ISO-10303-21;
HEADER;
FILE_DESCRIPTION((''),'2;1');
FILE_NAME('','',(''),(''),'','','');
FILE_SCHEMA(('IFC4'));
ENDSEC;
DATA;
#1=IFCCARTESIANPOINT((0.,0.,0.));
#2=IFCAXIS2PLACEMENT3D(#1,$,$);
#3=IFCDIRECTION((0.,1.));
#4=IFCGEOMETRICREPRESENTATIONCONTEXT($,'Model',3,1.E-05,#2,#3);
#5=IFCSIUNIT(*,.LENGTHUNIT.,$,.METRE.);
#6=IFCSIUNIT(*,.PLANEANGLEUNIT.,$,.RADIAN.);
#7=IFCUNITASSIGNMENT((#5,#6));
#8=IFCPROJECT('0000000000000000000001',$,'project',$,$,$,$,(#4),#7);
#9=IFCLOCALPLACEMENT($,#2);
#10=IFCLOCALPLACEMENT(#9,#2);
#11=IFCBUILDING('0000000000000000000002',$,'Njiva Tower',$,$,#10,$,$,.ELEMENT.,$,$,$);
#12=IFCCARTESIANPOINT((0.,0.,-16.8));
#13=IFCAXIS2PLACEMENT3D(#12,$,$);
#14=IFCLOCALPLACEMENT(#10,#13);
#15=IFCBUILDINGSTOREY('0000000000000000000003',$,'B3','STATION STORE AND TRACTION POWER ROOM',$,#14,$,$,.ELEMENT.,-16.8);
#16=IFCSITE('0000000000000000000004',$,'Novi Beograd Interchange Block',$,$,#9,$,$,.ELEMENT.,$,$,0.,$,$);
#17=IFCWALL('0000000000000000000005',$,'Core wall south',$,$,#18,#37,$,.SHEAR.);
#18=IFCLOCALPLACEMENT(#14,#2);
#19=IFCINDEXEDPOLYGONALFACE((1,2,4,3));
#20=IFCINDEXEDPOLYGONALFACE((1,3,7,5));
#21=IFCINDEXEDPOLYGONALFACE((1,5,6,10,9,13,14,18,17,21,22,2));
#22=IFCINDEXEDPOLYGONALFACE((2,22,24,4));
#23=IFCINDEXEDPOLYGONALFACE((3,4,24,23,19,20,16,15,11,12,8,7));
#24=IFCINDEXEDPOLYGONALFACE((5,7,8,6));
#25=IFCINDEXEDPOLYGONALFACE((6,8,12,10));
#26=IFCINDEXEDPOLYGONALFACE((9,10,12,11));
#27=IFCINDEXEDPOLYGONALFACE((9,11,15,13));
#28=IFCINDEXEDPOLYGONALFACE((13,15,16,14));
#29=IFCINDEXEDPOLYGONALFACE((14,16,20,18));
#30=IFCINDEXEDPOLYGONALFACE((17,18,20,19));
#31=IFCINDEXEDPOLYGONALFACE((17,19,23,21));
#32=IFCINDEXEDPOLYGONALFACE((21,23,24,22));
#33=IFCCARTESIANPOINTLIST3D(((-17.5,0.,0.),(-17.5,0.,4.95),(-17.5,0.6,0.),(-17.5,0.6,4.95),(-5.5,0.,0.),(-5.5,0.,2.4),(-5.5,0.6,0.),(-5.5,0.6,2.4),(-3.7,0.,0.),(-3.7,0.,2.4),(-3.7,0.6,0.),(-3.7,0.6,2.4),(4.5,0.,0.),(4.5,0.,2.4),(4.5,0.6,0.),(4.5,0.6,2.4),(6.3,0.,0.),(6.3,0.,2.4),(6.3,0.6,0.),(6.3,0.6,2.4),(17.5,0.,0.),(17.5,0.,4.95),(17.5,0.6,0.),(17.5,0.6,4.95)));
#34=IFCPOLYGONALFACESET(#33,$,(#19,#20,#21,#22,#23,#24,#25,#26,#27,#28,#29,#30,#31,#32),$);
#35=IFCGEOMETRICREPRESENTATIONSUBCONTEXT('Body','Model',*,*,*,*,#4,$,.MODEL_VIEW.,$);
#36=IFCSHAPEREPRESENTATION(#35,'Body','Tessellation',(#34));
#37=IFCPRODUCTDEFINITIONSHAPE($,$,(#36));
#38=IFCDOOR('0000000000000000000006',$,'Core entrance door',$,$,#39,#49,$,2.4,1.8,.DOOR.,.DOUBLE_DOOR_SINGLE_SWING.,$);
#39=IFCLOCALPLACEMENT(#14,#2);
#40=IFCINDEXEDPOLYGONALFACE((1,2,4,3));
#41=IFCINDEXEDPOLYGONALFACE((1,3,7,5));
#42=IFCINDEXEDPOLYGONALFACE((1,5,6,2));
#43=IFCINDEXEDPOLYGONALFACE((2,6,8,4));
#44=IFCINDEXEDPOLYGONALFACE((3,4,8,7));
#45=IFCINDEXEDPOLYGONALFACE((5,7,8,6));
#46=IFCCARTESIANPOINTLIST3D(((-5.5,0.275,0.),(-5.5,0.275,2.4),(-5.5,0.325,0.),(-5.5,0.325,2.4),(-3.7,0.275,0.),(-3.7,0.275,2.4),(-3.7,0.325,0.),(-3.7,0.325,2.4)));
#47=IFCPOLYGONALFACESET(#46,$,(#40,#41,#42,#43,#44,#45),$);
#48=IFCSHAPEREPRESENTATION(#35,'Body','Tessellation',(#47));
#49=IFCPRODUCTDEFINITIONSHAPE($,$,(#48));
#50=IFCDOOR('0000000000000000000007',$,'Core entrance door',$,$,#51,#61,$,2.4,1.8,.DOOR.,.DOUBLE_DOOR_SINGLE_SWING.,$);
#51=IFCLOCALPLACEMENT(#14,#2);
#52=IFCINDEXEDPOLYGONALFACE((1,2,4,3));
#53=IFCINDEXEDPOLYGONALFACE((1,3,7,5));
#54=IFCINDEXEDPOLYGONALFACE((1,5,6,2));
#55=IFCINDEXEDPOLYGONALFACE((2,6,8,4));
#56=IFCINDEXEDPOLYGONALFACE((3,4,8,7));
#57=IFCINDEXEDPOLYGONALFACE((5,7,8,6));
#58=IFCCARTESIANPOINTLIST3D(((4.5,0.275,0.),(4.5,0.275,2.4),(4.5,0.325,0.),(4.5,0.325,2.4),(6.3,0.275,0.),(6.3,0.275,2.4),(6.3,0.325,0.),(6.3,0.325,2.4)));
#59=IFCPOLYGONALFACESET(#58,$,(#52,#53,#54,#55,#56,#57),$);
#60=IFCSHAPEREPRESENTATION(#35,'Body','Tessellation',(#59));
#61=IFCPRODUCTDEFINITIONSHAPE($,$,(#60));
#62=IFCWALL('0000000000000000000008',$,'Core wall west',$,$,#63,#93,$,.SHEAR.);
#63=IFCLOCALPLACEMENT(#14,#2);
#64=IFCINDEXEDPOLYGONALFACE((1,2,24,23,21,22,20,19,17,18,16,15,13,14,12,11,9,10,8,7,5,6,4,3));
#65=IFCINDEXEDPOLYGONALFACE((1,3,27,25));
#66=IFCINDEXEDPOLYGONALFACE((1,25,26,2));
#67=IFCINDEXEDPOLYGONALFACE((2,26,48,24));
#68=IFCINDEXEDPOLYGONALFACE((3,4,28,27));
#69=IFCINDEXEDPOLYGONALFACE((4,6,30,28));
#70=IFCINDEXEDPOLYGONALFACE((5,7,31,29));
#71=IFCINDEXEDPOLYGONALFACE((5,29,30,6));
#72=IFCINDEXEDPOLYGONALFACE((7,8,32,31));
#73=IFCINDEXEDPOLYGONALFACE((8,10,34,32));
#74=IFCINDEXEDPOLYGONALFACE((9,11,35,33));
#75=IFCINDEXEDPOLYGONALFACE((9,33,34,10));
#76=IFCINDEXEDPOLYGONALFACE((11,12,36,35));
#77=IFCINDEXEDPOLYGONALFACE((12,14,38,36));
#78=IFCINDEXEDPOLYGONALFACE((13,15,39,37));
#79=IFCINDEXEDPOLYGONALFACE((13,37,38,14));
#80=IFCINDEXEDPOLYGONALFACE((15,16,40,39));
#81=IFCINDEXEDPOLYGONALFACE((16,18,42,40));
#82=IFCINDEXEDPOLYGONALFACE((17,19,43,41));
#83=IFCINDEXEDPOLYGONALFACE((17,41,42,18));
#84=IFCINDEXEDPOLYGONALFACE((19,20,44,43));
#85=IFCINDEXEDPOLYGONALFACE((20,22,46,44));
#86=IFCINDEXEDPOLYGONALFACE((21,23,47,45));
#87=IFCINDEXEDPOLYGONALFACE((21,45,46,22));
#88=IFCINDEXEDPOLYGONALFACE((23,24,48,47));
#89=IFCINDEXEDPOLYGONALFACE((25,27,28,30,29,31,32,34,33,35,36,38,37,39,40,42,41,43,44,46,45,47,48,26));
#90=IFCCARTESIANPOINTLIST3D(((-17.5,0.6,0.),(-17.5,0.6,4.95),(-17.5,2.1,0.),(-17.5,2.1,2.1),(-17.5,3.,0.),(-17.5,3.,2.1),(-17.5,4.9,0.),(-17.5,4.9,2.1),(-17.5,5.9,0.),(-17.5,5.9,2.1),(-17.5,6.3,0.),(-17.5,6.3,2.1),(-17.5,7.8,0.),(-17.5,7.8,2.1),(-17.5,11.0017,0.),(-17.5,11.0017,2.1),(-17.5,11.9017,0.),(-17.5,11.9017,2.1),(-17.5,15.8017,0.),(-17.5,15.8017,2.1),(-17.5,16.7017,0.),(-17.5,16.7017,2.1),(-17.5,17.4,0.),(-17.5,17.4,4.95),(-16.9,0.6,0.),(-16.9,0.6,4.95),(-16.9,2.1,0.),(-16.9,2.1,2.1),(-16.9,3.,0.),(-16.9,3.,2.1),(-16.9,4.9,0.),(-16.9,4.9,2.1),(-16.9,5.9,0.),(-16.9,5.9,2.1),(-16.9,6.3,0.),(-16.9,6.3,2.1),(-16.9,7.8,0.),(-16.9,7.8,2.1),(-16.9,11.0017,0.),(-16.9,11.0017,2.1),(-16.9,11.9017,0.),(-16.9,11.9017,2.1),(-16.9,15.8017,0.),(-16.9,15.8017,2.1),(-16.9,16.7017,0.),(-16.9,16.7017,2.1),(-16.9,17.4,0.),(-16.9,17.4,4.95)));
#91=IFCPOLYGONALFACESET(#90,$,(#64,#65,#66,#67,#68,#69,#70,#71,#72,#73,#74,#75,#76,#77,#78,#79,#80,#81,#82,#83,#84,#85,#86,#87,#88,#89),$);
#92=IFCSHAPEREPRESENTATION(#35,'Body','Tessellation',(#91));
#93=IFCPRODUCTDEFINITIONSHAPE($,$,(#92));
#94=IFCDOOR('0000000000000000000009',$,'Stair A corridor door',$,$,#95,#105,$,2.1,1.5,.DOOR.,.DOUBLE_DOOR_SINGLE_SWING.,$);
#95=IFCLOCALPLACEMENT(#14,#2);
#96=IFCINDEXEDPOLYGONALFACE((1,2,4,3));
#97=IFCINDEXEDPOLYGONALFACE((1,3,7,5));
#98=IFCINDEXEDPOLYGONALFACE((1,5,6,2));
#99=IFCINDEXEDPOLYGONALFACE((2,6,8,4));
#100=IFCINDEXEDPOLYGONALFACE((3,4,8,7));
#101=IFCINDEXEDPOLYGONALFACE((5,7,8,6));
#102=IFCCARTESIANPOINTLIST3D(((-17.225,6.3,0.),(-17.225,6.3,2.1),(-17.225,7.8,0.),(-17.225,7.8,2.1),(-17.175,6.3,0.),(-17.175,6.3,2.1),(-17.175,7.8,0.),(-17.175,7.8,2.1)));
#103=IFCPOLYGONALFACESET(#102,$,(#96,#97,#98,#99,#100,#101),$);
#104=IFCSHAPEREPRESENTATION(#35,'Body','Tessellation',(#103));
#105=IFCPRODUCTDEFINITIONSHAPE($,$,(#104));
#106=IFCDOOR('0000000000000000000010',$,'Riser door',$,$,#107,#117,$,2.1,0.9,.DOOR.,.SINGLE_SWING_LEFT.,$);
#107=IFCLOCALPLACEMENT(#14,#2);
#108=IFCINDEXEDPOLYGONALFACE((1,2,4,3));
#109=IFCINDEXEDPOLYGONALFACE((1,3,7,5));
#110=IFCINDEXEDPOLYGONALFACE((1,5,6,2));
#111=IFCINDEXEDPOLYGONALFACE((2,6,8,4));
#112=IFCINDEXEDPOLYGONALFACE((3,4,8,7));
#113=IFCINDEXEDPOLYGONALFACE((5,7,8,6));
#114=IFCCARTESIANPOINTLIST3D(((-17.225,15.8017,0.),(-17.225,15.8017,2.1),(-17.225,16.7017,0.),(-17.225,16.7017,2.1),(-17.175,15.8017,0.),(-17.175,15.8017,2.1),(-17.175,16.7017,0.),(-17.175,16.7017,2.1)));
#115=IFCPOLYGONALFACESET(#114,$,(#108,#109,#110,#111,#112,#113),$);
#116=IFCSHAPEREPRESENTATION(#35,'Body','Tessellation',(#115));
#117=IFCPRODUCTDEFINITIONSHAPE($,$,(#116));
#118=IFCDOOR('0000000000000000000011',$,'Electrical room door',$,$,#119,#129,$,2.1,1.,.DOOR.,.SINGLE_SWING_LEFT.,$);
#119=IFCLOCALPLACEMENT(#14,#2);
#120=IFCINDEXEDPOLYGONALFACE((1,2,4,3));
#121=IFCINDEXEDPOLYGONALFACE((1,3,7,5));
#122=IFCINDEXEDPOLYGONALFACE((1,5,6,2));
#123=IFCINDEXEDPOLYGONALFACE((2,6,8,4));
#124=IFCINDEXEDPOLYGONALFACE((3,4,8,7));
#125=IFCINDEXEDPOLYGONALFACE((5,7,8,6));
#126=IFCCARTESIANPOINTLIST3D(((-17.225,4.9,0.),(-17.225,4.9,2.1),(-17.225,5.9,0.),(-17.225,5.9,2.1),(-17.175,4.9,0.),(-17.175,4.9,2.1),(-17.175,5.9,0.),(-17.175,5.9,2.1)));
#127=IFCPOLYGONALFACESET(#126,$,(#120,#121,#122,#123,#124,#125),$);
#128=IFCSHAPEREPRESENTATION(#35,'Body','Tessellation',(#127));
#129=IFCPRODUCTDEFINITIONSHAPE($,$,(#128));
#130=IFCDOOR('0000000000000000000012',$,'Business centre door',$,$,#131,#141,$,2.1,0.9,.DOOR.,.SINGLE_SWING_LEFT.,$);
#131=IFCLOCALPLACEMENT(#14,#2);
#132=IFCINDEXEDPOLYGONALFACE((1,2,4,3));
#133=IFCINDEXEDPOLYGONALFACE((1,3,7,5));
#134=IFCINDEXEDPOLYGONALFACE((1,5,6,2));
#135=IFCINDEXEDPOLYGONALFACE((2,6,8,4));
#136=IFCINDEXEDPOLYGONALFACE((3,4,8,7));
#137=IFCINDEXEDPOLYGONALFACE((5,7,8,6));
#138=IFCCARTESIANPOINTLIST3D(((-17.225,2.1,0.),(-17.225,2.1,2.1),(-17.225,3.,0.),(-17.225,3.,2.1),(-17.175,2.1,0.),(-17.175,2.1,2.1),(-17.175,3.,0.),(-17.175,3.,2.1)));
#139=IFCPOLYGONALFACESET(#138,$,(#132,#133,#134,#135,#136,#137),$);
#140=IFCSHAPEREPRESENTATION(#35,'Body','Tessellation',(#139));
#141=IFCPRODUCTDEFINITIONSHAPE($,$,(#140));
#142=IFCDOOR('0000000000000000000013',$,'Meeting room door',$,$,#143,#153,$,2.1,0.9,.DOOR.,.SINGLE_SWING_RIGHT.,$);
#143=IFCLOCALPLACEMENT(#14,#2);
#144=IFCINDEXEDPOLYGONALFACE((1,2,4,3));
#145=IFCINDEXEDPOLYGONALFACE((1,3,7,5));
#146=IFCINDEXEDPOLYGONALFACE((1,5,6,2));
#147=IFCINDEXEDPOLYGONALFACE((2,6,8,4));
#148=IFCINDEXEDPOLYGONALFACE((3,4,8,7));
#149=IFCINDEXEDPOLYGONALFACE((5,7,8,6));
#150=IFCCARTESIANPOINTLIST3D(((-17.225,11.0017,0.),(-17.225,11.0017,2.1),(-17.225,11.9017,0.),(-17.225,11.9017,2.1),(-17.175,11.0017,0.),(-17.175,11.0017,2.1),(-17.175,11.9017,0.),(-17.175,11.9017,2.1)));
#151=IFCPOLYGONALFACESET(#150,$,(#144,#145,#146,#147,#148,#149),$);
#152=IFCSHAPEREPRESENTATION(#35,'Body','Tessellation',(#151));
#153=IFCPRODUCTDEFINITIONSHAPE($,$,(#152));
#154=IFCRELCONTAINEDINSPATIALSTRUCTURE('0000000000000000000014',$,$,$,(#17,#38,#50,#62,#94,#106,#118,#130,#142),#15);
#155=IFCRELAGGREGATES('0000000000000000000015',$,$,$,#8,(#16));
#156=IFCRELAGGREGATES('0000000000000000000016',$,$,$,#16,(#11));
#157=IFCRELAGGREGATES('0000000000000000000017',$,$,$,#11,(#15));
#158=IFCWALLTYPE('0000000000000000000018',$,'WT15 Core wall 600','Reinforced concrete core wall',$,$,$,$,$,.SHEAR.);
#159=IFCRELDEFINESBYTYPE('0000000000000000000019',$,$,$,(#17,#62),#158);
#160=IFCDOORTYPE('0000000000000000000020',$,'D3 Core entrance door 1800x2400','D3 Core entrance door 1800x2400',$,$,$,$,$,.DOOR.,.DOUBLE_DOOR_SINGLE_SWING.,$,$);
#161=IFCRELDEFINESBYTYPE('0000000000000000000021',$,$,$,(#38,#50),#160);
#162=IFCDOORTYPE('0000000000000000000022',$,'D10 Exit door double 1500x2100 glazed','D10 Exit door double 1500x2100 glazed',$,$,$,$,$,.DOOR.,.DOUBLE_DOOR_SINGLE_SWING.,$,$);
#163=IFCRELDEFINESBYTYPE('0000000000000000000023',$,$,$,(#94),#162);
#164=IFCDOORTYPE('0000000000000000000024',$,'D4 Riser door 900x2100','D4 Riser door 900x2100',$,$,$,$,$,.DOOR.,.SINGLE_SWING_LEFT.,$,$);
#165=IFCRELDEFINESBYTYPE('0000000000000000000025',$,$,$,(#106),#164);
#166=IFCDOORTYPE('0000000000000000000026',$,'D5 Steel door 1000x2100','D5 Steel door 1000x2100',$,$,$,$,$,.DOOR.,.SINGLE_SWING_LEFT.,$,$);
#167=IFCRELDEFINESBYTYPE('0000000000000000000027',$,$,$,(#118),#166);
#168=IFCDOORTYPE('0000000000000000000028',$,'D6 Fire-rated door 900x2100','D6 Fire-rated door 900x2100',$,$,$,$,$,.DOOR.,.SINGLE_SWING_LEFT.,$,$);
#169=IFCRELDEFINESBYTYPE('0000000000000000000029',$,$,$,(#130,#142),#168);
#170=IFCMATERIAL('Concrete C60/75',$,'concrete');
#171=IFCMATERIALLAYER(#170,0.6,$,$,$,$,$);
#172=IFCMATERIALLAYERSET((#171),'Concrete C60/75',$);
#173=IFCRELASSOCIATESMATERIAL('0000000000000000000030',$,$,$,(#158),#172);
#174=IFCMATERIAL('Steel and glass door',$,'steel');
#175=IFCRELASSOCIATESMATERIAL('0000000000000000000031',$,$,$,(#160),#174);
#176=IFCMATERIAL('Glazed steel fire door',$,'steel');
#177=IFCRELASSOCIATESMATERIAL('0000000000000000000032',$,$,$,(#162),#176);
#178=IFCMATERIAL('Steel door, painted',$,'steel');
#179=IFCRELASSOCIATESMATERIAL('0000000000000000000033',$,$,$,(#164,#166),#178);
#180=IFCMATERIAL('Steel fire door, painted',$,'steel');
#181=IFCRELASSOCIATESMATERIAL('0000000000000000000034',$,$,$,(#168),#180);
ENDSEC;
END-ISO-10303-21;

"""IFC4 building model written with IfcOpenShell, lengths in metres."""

from ifc_helpers import new_model, si_unit, direction, frame, frame_2d, origin, place, context, subcontext, project, spatial, rectangle, extrude, material, layer, layer_set, type_object, element, fill, save


model = new_model("IFC4")

# Units and contexts
model_context = context("Model", 3, precision=1e-05, world=origin(), true_north=direction((0.0, 1.0)))
body_context = subcontext(model_context, "Body", "Model", "MODEL_VIEW")
ifc_project = project(units=[si_unit("LENGTHUNIT", "METRE"), si_unit("PLANEANGLEUNIT", "RADIAN")], contexts=[model_context])

# Site, building, storey
site_placement = place(None, origin())
site = spatial("IfcSite", under=ifc_project, at=site_placement, Name="Novi Beograd Interchange Block", CompositionType="ELEMENT", RefElevation=0.0)
building_placement = place(site_placement, origin())
building = spatial("IfcBuilding", under=site, at=building_placement, Name="Njiva Tower", CompositionType="ELEMENT")
storey_placement = place(building_placement, frame((0.0, 0.0, -16.8)))
storey = spatial("IfcBuildingStorey", under=building, at=storey_placement, Name="B3", Description="STATION STORE AND TRACTION POWER ROOM", CompositionType="ELEMENT", Elevation=-16.8)

# Walls, openings, doors
ifc_material_1 = material(Name="Concrete C60/75", Category="concrete")
ifc_layer_1 = layer(ifc_material_1, 0.6)
ifc_layer_set_1 = layer_set([ifc_layer_1], Name="Concrete C60/75")
wall_type_1 = type_object("IfcWallType", Name="WT15 Core wall 600", Description="Reinforced concrete core wall", PredefinedType="SHEAR", material=ifc_layer_set_1)
wall_1_placement = place(storey_placement, frame((-17.5, 0.3, 0.0), z_axis=(0.0, 0.0, 1.0), x_axis=(1.0, 0.0, 0.0)))
wall_1 = element("IfcWall", 1, at=wall_1_placement, inside=storey, type_object=wall_type_1, Name="Core wall south", PredefinedType="SHEAR", context=body_context, shape_type="SweptSolid", body=[
    extrude(rectangle(XDim=35.0, YDim=0.6, at=frame_2d((17.5, 0.0))), origin(), (0.0, 0.0, 1.0), 4.95),
])
opening_1_placement = place(wall_1_placement, frame((12.0, 0.0, 0.0)))
opening_1 = element("IfcOpeningElement", 2, at=opening_1_placement, cuts=wall_1, PredefinedType="OPENING", context=body_context, shape_type="SweptSolid", body=[
    extrude(rectangle(XDim=1.8, YDim=2.4, at=frame_2d((0.9, 1.2))), frame((0.0, 0.31, 0.0), z_axis=(0.0, -1.0, 0.0), x_axis=(1.0, 0.0, 0.0)), (0.0, 0.0, 1.0), 0.62),
])
opening_2_placement = place(wall_1_placement, frame((22.0, 0.0, 0.0)))
opening_2 = element("IfcOpeningElement", 3, at=opening_2_placement, cuts=wall_1, PredefinedType="OPENING", context=body_context, shape_type="SweptSolid", body=[
    extrude(rectangle(XDim=1.8, YDim=2.4, at=frame_2d((0.9, 1.2))), frame((0.0, 0.31, 0.0), z_axis=(0.0, -1.0, 0.0), x_axis=(1.0, 0.0, 0.0)), (0.0, 0.0, 1.0), 0.62),
])
ifc_material_2 = material(Name="Steel and glass door", Category="steel")
door_type_1 = type_object("IfcDoorType", Name="D3 Core entrance door 1800x2400", Description="D3 Core entrance door 1800x2400", OperationType="DOUBLE_DOOR_SINGLE_SWING", PredefinedType="DOOR", material=ifc_material_2)
door_1_placement = place(opening_1_placement, origin())
door_1 = element("IfcDoor", 4, at=door_1_placement, inside=storey, type_object=door_type_1, Name="Core entrance door", OperationType="DOUBLE_DOOR_SINGLE_SWING", OverallHeight=2.4, OverallWidth=1.8, PredefinedType="DOOR", context=body_context, shape_type="SweptSolid", body=[
    extrude(rectangle(XDim=1.8, YDim=2.4, at=frame_2d((0.9, 1.2))), frame((0.0, 0.025, 0.0), z_axis=(0.0, -1.0, 0.0), x_axis=(1.0, 0.0, 0.0)), (0.0, 0.0, 1.0), 0.05),
])
fill(opening_1, door_1)
door_2_placement = place(opening_2_placement, origin())
door_2 = element("IfcDoor", 5, at=door_2_placement, inside=storey, type_object=door_type_1, Name="Core entrance door", OperationType="DOUBLE_DOOR_SINGLE_SWING", OverallHeight=2.4, OverallWidth=1.8, PredefinedType="DOOR", context=body_context, shape_type="SweptSolid", body=[
    extrude(rectangle(XDim=1.8, YDim=2.4, at=frame_2d((0.9, 1.2))), frame((0.0, 0.025, 0.0), z_axis=(0.0, -1.0, 0.0), x_axis=(1.0, 0.0, 0.0)), (0.0, 0.0, 1.0), 0.05),
])
fill(opening_2, door_2)
wall_2_placement = place(storey_placement, frame((-17.2, 0.6, 0.0), z_axis=(0.0, 0.0, 1.0), x_axis=(0.0, 1.0, 0.0)))
wall_2 = element("IfcWall", 6, at=wall_2_placement, inside=storey, type_object=wall_type_1, Name="Core wall west", PredefinedType="SHEAR", context=body_context, shape_type="SweptSolid", body=[
    extrude(rectangle(XDim=16.8, YDim=0.6, at=frame_2d((8.4, 0.0))), origin(), (0.0, 0.0, 1.0), 4.95),
])
opening_3_placement = place(wall_2_placement, frame((5.7, 0.0, 0.0)))
opening_3 = element("IfcOpeningElement", 7, at=opening_3_placement, cuts=wall_2, PredefinedType="OPENING", context=body_context, shape_type="SweptSolid", body=[
    extrude(rectangle(XDim=1.5, YDim=2.1, at=frame_2d((0.75, 1.05))), frame((0.0, 0.31, 0.0), z_axis=(0.0, -1.0, 0.0), x_axis=(1.0, 0.0, 0.0)), (0.0, 0.0, 1.0), 0.62),
])
opening_4_placement = place(wall_2_placement, frame((1.5, 0.0, 0.0)))
opening_4 = element("IfcOpeningElement", 8, at=opening_4_placement, cuts=wall_2, PredefinedType="OPENING", context=body_context, shape_type="SweptSolid", body=[
    extrude(rectangle(XDim=0.9, YDim=2.1, at=frame_2d((0.45, 1.05))), frame((0.0, 0.31, 0.0), z_axis=(0.0, -1.0, 0.0), x_axis=(1.0, 0.0, 0.0)), (0.0, 0.0, 1.0), 0.62),
])
opening_5_placement = place(wall_2_placement, frame((4.3, 0.0, 0.0)))
opening_5 = element("IfcOpeningElement", 9, at=opening_5_placement, cuts=wall_2, PredefinedType="OPENING", context=body_context, shape_type="SweptSolid", body=[
    extrude(rectangle(XDim=1.0, YDim=2.1, at=frame_2d((0.5, 1.05))), frame((0.0, 0.31, 0.0), z_axis=(0.0, -1.0, 0.0), x_axis=(1.0, 0.0, 0.0)), (0.0, 0.0, 1.0), 0.62),
])
opening_6_placement = place(wall_2_placement, frame((10.4017, 0.0, 0.0)))
opening_6 = element("IfcOpeningElement", 10, at=opening_6_placement, cuts=wall_2, PredefinedType="OPENING", context=body_context, shape_type="SweptSolid", body=[
    extrude(rectangle(XDim=0.9, YDim=2.1, at=frame_2d((0.45, 1.05))), frame((0.0, 0.31, 0.0), z_axis=(0.0, -1.0, 0.0), x_axis=(1.0, 0.0, 0.0)), (0.0, 0.0, 1.0), 0.62),
])
opening_7_placement = place(wall_2_placement, frame((15.2017, 0.0, 0.0)))
opening_7 = element("IfcOpeningElement", 11, at=opening_7_placement, cuts=wall_2, PredefinedType="OPENING", context=body_context, shape_type="SweptSolid", body=[
    extrude(rectangle(XDim=0.9, YDim=2.1, at=frame_2d((0.45, 1.05))), frame((0.0, 0.31, 0.0), z_axis=(0.0, -1.0, 0.0), x_axis=(1.0, 0.0, 0.0)), (0.0, 0.0, 1.0), 0.62),
])
ifc_material_3 = material(Name="Glazed steel fire door", Category="steel")
door_type_2 = type_object("IfcDoorType", Name="D10 Exit door double 1500x2100 glazed", Description="D10 Exit door double 1500x2100 glazed", OperationType="DOUBLE_DOOR_SINGLE_SWING", PredefinedType="DOOR", material=ifc_material_3)
door_3_placement = place(opening_3_placement, origin())
door_3 = element("IfcDoor", 12, at=door_3_placement, inside=storey, type_object=door_type_2, Name="Stair A corridor door", OperationType="DOUBLE_DOOR_SINGLE_SWING", OverallHeight=2.1, OverallWidth=1.5, PredefinedType="DOOR", context=body_context, shape_type="SweptSolid", body=[
    extrude(rectangle(XDim=1.5, YDim=2.1, at=frame_2d((0.75, 1.05))), frame((0.0, 0.025, 0.0), z_axis=(0.0, -1.0, 0.0), x_axis=(1.0, 0.0, 0.0)), (0.0, 0.0, 1.0), 0.05),
])
fill(opening_3, door_3)
ifc_material_4 = material(Name="Steel door, painted", Category="steel")
door_type_3 = type_object("IfcDoorType", Name="D4 Riser door 900x2100", Description="D4 Riser door 900x2100", OperationType="SINGLE_SWING_LEFT", PredefinedType="DOOR", material=ifc_material_4)
door_4_placement = place(opening_7_placement, origin())
door_4 = element("IfcDoor", 13, at=door_4_placement, inside=storey, type_object=door_type_3, Name="Riser door", OperationType="SINGLE_SWING_LEFT", OverallHeight=2.1, OverallWidth=0.9, PredefinedType="DOOR", context=body_context, shape_type="SweptSolid", body=[
    extrude(rectangle(XDim=0.9, YDim=2.1, at=frame_2d((0.45, 1.05))), frame((0.0, 0.025, 0.0), z_axis=(0.0, -1.0, 0.0), x_axis=(1.0, 0.0, 0.0)), (0.0, 0.0, 1.0), 0.05),
])
fill(opening_7, door_4)
door_type_4 = type_object("IfcDoorType", Name="D5 Steel door 1000x2100", Description="D5 Steel door 1000x2100", OperationType="SINGLE_SWING_LEFT", PredefinedType="DOOR", material=ifc_material_4)
door_5_placement = place(opening_5_placement, origin())
door_5 = element("IfcDoor", 14, at=door_5_placement, inside=storey, type_object=door_type_4, Name="Electrical room door", OperationType="SINGLE_SWING_LEFT", OverallHeight=2.1, OverallWidth=1.0, PredefinedType="DOOR", context=body_context, shape_type="SweptSolid", body=[
    extrude(rectangle(XDim=1.0, YDim=2.1, at=frame_2d((0.5, 1.05))), frame((0.0, 0.025, 0.0), z_axis=(0.0, -1.0, 0.0), x_axis=(1.0, 0.0, 0.0)), (0.0, 0.0, 1.0), 0.05),
])
fill(opening_5, door_5)
ifc_material_5 = material(Name="Steel fire door, painted", Category="steel")
door_type_5 = type_object("IfcDoorType", Name="D6 Fire-rated door 900x2100", Description="D6 Fire-rated door 900x2100", OperationType="SINGLE_SWING_LEFT", PredefinedType="DOOR", material=ifc_material_5)
door_6_placement = place(opening_4_placement, origin())
door_6 = element("IfcDoor", 15, at=door_6_placement, inside=storey, type_object=door_type_5, Name="Business centre door", OperationType="SINGLE_SWING_LEFT", OverallHeight=2.1, OverallWidth=0.9, PredefinedType="DOOR", context=body_context, shape_type="SweptSolid", body=[
    extrude(rectangle(XDim=0.9, YDim=2.1, at=frame_2d((0.45, 1.05))), frame((0.0, 0.025, 0.0), z_axis=(0.0, -1.0, 0.0), x_axis=(1.0, 0.0, 0.0)), (0.0, 0.0, 1.0), 0.05),
])
fill(opening_4, door_6)
door_7_placement = place(opening_6_placement, origin())
door_7 = element("IfcDoor", 16, at=door_7_placement, inside=storey, type_object=door_type_5, Name="Meeting room door", OperationType="SINGLE_SWING_RIGHT", OverallHeight=2.1, OverallWidth=0.9, PredefinedType="DOOR", context=body_context, shape_type="SweptSolid", body=[
    extrude(rectangle(XDim=0.9, YDim=2.1, at=frame_2d((0.45, 1.05))), frame((0.0, 0.025, 0.0), z_axis=(0.0, -1.0, 0.0), x_axis=(1.0, 0.0, 0.0)), (0.0, 0.0, 1.0), 0.05),
])
fill(opening_6, door_7)

save(model, "model.ifc")
